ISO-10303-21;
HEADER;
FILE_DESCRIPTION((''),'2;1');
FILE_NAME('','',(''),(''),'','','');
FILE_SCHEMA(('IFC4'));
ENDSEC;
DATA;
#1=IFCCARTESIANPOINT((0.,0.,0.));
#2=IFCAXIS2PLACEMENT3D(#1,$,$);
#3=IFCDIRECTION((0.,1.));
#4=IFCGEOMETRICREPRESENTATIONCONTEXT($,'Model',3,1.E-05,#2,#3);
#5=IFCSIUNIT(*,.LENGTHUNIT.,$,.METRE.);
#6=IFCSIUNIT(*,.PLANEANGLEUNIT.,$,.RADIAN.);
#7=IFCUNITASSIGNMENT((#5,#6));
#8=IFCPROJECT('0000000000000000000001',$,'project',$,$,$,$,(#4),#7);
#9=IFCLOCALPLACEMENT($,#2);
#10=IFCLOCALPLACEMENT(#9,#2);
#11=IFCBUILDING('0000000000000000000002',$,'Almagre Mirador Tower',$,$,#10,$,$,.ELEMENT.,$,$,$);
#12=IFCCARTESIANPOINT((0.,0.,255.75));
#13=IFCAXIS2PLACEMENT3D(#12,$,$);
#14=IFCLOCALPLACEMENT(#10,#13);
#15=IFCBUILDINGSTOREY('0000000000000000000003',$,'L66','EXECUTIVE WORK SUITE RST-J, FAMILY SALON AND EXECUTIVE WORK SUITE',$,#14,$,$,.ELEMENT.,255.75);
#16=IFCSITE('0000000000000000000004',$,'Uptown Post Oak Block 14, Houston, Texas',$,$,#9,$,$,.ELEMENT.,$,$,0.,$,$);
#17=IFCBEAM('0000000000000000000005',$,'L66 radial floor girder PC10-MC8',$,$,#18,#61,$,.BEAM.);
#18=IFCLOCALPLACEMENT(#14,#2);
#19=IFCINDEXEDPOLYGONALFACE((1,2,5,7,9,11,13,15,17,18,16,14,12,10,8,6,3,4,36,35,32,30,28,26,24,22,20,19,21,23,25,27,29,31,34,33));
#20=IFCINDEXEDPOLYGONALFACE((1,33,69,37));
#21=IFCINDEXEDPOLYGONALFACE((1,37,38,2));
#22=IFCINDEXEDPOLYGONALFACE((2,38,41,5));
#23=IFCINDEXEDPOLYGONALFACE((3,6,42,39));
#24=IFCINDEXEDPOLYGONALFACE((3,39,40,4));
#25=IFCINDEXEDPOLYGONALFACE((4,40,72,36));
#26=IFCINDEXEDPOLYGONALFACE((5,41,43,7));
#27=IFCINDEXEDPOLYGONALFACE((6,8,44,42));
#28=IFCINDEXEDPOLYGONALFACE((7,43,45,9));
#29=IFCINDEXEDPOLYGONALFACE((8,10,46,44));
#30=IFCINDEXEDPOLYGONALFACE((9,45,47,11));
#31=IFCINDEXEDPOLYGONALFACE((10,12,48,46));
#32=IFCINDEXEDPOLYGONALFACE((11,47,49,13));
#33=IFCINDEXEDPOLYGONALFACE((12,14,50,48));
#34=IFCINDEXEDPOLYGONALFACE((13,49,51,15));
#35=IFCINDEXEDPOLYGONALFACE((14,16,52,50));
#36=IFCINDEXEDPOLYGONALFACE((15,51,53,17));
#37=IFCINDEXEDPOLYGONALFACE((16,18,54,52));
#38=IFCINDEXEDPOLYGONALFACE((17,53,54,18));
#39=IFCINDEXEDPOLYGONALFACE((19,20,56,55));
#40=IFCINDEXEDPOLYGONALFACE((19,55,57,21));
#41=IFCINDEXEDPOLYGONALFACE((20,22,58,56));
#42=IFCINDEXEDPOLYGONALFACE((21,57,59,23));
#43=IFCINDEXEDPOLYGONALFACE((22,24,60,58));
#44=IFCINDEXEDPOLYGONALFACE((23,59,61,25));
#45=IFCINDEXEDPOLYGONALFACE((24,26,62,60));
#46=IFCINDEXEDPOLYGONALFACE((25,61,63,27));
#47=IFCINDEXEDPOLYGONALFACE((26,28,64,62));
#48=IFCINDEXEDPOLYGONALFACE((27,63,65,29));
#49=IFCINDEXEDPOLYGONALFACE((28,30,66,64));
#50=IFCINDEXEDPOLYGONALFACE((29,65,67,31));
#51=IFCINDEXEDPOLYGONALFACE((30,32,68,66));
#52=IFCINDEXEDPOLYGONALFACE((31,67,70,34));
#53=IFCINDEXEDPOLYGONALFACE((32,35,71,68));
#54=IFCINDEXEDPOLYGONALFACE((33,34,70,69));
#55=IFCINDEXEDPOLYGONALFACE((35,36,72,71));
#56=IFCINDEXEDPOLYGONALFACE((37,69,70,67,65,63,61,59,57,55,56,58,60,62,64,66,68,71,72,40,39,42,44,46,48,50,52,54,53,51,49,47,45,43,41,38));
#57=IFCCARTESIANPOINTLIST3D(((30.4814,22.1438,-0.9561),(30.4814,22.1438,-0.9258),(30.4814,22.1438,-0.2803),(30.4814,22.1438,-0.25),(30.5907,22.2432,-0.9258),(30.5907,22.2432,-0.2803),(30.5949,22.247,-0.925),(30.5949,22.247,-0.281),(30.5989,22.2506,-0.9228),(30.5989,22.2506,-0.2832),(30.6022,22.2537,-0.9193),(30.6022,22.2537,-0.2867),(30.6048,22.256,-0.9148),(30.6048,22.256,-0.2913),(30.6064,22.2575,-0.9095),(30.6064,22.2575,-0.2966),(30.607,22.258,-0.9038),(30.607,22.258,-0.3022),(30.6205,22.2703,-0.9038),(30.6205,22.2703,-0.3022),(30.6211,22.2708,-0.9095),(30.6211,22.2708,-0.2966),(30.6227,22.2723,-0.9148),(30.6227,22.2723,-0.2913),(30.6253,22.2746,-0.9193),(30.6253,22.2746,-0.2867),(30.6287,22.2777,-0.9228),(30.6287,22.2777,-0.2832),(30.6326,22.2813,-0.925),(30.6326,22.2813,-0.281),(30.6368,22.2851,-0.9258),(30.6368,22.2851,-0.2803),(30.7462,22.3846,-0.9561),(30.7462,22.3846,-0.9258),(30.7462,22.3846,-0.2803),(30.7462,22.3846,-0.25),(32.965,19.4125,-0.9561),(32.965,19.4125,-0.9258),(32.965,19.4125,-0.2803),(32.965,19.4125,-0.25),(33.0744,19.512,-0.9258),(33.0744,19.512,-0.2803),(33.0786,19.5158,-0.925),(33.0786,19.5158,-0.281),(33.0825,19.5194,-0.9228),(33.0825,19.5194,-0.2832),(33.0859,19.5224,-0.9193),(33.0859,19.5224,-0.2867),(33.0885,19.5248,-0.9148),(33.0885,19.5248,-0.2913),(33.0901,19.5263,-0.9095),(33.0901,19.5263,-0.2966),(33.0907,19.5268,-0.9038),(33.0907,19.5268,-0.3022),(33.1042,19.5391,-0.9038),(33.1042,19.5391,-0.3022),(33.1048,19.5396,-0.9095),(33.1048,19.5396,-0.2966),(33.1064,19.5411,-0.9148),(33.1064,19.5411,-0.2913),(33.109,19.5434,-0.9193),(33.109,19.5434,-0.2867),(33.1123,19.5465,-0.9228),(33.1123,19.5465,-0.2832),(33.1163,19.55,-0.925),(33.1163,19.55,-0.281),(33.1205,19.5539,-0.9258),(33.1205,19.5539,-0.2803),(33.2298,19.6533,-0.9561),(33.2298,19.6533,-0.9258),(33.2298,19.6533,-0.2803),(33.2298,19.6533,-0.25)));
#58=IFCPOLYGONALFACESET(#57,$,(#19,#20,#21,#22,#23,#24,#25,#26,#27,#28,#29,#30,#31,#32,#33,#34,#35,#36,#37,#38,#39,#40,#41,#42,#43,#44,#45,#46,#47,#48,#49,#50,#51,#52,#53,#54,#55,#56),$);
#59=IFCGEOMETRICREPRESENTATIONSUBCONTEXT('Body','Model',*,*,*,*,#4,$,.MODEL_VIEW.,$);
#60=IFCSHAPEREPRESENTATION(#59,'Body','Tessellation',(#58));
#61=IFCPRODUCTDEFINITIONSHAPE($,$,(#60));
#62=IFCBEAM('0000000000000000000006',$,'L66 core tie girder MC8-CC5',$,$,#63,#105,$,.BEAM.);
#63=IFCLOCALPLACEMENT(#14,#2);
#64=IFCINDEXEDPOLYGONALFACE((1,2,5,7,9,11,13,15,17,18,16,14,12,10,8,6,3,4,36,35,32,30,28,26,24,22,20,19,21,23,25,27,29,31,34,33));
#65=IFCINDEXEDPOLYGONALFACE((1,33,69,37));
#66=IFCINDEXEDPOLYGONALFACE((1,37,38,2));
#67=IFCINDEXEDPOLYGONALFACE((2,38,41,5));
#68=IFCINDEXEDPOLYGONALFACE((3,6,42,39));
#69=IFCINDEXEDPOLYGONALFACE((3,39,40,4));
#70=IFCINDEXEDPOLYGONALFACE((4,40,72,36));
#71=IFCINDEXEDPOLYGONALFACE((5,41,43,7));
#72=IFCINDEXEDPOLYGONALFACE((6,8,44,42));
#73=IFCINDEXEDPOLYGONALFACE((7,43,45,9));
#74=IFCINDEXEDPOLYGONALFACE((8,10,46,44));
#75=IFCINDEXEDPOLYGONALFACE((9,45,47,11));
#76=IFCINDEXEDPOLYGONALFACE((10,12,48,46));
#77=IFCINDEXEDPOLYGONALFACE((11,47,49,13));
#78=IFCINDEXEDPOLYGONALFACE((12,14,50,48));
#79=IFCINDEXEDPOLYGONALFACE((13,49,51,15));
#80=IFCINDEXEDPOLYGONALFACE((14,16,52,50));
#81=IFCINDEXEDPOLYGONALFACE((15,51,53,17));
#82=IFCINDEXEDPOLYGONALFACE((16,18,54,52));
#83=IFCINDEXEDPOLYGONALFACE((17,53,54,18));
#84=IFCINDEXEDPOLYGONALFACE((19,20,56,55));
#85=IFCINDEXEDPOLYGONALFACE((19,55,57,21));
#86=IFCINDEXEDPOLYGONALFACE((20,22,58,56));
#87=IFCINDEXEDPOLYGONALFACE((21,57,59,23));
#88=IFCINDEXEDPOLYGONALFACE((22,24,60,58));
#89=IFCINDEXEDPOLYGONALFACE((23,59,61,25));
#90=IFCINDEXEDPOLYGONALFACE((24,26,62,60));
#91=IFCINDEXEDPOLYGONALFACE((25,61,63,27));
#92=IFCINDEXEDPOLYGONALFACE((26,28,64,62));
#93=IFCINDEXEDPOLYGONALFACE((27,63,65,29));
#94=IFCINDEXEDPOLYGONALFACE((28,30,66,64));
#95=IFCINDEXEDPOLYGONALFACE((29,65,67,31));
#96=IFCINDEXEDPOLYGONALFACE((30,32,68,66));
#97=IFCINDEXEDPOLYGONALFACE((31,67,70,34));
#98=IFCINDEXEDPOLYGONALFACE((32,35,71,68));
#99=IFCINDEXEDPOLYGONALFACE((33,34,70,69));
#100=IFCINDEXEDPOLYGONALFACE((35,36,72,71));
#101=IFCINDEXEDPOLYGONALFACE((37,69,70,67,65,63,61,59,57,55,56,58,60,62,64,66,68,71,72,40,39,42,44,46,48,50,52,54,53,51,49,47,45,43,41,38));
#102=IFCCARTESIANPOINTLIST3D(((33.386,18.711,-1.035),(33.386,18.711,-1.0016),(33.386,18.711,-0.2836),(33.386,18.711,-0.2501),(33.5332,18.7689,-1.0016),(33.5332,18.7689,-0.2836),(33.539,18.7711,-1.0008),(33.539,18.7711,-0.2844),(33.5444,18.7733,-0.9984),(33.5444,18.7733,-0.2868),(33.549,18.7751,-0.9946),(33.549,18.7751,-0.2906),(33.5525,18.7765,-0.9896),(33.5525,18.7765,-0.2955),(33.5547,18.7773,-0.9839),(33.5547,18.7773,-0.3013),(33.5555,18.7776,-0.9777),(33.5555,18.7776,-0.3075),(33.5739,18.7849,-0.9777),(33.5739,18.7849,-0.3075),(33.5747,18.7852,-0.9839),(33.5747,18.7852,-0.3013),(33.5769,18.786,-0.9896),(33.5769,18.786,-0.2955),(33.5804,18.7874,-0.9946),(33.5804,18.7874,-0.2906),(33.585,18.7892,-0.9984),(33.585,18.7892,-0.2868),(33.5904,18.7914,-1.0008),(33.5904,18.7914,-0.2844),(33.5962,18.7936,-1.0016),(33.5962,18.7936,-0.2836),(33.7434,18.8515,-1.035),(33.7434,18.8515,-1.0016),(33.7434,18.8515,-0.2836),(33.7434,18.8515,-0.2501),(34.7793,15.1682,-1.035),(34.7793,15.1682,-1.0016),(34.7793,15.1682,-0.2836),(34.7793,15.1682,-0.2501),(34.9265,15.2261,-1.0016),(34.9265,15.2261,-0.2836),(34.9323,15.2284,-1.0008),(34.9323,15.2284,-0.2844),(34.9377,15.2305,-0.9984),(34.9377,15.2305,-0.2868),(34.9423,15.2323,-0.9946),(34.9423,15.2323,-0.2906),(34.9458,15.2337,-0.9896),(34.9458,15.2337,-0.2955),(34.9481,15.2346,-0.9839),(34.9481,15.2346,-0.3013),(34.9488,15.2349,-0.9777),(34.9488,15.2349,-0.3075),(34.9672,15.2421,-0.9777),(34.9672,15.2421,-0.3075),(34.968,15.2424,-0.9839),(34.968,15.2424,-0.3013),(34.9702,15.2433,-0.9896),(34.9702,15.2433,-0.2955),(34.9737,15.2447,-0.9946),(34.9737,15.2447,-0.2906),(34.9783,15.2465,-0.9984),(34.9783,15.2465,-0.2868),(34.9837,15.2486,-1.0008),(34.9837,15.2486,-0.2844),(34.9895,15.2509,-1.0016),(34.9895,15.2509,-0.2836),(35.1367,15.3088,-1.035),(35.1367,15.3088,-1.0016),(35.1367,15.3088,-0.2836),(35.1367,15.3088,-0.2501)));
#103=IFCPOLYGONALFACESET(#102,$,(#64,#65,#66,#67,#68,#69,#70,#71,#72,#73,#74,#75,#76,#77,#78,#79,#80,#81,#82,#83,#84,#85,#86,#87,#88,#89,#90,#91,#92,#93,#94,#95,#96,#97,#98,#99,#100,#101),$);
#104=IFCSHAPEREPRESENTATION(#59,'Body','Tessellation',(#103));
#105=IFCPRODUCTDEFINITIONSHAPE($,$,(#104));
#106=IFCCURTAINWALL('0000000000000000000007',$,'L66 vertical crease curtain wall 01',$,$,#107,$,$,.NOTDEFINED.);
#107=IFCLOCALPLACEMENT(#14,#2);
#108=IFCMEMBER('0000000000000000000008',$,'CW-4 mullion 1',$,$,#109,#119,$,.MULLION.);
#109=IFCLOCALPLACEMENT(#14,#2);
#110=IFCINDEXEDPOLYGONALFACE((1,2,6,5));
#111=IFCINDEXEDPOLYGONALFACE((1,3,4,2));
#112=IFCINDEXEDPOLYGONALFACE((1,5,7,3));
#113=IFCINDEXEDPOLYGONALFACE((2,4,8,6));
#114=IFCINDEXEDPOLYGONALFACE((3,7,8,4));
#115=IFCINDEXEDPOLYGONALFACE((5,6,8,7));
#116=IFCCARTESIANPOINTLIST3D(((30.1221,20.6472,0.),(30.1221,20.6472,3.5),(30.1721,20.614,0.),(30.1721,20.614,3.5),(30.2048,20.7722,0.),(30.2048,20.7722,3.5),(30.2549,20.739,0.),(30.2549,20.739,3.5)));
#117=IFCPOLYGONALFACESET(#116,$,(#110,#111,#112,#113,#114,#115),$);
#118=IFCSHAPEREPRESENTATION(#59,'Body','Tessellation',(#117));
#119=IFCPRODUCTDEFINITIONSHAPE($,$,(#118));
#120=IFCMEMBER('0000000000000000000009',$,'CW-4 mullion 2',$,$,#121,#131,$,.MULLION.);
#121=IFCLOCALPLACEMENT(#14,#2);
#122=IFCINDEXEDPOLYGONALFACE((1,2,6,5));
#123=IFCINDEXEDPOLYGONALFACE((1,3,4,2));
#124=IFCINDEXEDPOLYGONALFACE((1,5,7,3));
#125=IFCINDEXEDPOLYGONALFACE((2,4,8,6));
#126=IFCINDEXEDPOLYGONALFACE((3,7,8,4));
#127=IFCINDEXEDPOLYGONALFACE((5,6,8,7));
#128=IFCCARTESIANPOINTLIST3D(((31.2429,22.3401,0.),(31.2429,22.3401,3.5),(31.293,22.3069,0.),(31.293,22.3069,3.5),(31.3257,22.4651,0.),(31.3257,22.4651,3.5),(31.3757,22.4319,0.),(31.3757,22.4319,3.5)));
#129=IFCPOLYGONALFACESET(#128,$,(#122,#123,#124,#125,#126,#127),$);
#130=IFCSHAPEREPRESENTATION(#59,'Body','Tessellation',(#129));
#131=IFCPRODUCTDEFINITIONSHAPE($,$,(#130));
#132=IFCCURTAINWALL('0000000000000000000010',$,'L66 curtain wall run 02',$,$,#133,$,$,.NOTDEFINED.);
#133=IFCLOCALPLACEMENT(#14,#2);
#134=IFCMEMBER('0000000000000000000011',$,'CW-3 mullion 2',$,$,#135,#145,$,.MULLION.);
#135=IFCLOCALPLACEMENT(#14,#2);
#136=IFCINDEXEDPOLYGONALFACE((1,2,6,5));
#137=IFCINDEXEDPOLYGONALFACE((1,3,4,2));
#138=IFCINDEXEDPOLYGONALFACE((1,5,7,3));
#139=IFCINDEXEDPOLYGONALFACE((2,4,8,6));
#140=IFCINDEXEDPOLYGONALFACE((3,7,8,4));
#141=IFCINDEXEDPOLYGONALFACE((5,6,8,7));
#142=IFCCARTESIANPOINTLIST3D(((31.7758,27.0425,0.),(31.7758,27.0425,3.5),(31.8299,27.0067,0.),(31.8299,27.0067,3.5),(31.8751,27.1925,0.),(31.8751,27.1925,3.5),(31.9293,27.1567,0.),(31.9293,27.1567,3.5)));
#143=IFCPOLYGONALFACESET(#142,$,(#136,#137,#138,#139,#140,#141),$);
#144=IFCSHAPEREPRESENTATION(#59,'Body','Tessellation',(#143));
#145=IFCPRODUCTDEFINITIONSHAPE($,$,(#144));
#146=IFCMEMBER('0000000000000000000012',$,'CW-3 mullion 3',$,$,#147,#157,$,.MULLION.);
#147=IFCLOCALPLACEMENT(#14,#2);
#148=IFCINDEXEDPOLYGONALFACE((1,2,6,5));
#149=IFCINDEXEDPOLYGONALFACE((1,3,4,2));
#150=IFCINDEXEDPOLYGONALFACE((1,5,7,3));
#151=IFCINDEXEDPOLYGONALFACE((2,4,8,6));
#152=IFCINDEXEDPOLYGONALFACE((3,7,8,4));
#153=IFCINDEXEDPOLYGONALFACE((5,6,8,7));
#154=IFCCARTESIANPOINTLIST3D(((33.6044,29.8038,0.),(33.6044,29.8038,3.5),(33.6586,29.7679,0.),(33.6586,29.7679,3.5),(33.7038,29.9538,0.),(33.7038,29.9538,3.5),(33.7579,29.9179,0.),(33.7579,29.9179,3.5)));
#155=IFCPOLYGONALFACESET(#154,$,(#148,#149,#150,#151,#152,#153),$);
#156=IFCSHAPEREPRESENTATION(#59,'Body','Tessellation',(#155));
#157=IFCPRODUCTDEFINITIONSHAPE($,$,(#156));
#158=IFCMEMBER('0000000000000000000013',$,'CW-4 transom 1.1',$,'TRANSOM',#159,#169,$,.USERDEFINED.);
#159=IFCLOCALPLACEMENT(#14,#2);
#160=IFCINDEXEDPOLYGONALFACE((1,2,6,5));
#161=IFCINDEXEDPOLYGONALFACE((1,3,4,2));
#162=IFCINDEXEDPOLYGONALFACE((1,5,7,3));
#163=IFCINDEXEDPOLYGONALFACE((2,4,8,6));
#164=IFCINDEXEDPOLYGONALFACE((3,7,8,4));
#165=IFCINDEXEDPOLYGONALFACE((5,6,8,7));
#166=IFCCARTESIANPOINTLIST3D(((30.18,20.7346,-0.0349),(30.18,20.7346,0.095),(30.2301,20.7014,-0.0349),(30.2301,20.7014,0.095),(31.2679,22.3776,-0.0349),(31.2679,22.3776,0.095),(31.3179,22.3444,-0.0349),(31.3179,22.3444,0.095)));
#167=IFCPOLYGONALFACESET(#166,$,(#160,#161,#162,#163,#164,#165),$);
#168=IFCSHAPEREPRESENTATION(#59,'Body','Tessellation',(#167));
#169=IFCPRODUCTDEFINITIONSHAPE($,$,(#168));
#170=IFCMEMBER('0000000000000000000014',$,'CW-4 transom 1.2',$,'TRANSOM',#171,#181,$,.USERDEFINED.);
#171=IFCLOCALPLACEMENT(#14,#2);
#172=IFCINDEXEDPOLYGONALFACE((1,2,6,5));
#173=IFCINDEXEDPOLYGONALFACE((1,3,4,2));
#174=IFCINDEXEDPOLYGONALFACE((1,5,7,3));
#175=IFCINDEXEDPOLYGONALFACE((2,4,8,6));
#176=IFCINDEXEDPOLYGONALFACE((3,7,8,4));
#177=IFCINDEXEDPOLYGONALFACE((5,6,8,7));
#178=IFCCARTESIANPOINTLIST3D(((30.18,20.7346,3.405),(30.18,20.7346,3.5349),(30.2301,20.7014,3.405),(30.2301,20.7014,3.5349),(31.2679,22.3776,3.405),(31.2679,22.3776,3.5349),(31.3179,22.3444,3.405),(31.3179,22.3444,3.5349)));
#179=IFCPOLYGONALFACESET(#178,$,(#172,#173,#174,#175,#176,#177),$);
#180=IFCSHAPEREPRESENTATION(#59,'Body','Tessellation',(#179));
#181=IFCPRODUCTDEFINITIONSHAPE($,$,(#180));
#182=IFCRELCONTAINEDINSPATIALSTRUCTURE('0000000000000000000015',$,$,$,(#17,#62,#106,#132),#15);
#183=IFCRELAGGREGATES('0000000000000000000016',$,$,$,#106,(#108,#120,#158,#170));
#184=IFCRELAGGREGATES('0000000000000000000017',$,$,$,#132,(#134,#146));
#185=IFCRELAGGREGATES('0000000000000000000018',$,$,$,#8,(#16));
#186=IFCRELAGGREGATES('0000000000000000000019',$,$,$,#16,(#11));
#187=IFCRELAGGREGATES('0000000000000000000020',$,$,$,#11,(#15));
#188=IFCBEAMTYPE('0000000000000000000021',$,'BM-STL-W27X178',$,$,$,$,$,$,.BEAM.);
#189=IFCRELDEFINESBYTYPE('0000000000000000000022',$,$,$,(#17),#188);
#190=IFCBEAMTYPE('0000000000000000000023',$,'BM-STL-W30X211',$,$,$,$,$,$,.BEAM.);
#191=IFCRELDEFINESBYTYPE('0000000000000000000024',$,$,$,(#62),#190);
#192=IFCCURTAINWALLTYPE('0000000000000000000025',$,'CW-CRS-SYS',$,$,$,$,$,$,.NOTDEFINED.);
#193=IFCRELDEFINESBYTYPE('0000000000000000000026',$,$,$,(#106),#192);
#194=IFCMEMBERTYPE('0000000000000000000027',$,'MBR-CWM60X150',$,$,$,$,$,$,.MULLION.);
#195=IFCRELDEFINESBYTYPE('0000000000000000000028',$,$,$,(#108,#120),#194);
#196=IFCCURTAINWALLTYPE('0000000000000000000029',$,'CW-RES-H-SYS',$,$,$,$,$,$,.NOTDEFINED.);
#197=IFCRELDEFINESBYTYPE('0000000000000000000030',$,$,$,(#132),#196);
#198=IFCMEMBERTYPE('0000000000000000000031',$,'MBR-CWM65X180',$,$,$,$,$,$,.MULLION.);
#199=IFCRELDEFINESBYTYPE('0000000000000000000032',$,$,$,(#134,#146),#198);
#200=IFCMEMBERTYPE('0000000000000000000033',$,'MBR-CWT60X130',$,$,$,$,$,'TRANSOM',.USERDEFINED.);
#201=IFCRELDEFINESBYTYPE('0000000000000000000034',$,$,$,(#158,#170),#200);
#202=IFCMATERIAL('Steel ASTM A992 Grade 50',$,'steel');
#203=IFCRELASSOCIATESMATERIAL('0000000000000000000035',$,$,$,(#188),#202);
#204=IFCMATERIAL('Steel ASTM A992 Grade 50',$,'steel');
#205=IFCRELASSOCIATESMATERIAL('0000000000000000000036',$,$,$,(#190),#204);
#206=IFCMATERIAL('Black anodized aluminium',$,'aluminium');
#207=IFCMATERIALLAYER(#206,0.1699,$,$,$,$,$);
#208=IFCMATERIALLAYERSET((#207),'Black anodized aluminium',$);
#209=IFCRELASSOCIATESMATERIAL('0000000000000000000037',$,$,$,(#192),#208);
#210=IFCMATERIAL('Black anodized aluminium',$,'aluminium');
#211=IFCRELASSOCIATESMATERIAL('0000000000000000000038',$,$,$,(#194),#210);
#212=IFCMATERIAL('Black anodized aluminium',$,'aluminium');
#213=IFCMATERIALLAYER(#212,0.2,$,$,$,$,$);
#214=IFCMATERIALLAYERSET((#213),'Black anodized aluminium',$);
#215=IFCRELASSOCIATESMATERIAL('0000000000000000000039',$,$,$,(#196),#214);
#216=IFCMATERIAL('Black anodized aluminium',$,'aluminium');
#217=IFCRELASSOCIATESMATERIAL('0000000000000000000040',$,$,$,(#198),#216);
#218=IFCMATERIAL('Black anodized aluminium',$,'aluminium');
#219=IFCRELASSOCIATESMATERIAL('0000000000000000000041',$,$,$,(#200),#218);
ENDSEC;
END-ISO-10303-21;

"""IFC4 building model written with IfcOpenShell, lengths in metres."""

from ifc_helpers import new_model, si_unit, direction, frame, origin, origin_2d, place, context, subcontext, project, spatial, rectangle, i_section, extrude, material, layer, layer_set, material_profile, profile_set, type_object, element, aggregate, save


model = new_model("IFC4")

# Units and contexts
model_context = context("Model", 3, precision=1e-05, world=origin(), true_north=direction((0.0, 1.0)))
body_context = subcontext(model_context, "Body", "Model", "MODEL_VIEW")
ifc_project = project(units=[si_unit("LENGTHUNIT", "METRE"), si_unit("PLANEANGLEUNIT", "RADIAN")], contexts=[model_context])

# Site, building, storey
site_placement = place(None, origin())
site = spatial("IfcSite", under=ifc_project, at=site_placement, Name="Uptown Post Oak Block 14, Houston, Texas", CompositionType="ELEMENT", RefElevation=0.0)
building_placement = place(site_placement, origin())
building = spatial("IfcBuilding", under=site, at=building_placement, Name="Almagre Mirador Tower", CompositionType="ELEMENT")
storey_placement = place(building_placement, frame((0.0, 0.0, 255.75)))
storey = spatial("IfcBuildingStorey", under=building, at=storey_placement, Name="L66", Description="EXECUTIVE WORK SUITE RST-J, FAMILY SALON AND EXECUTIVE WORK SUITE", CompositionType="ELEMENT", Elevation=255.75)

# Beams
ifc_material_1 = material(Name="Steel ASTM A992 Grade 50", Category="steel")
ifc_material_profile_1 = material_profile(ifc_material_1, i_section(OverallWidth=0.3579, OverallDepth=0.7061, WebThickness=0.0183, FlangeThickness=0.0303, FilletRadius=0.022, at=origin_2d()), Name="W27X178")
ifc_profile_set_1 = profile_set([ifc_material_profile_1], Name="Steel ASTM A992 Grade 50")
beam_type_1 = type_object("IfcBeamType", Name="BM-STL-W27X178", PredefinedType="BEAM", material=ifc_profile_set_1)
beam_1_placement = place(storey_placement, frame((30.6138, 22.2642, -0.603), z_axis=(0.672781, -0.739841, 0.0), x_axis=(0.739841, 0.672781, 0.0)))
element("IfcBeam", 1, at=beam_1_placement, inside=storey, type_object=beam_type_1, Name="L66 radial floor girder PC10-MC8", PredefinedType="BEAM", context=body_context, shape_type="SweptSolid", body=[
    extrude(i_section(OverallWidth=0.3579, OverallDepth=0.7061, WebThickness=0.0183, FlangeThickness=0.0303, FilletRadius=0.022, at=origin_2d()), origin(), (0.0, 0.0, 1.0), 3.6917),
])
ifc_material_2 = material(Name="Steel ASTM A992 Grade 50", Category="steel")
ifc_material_profile_2 = material_profile(ifc_material_2, i_section(OverallWidth=0.384, OverallDepth=0.7849, WebThickness=0.0198, FlangeThickness=0.0334, FilletRadius=0.0239, at=origin_2d()), Name="W30X211")
ifc_profile_set_2 = profile_set([ifc_material_profile_2], Name="Steel ASTM A992 Grade 50")
beam_type_2 = type_object("IfcBeamType", Name="BM-STL-W30X211", PredefinedType="BEAM", material=ifc_profile_set_2)
beam_2_placement = place(storey_placement, frame((33.5647, 18.7812, -0.6426), z_axis=(0.366, -0.930615, 0.0), x_axis=(0.930615, 0.366, 0.0)))
element("IfcBeam", 2, at=beam_2_placement, inside=storey, type_object=beam_type_2, Name="L66 core tie girder MC8-CC5", PredefinedType="BEAM", context=body_context, shape_type="SweptSolid", body=[
    extrude(i_section(OverallWidth=0.384, OverallDepth=0.7849, WebThickness=0.0198, FlangeThickness=0.0334, FilletRadius=0.0239, at=origin_2d()), origin(), (0.0, 0.0, 1.0), 3.8069),
])

# Curtain walls, members
ifc_material_3 = material(Name="Black anodized aluminium", Category="aluminium")
ifc_layer_1 = layer(ifc_material_3, 0.1699)
ifc_layer_set_1 = layer_set([ifc_layer_1], Name="Black anodized aluminium")
curtain_wall_type_1 = type_object("IfcCurtainWallType", Name="CW-CRS-SYS", PredefinedType="NOTDEFINED", material=ifc_layer_set_1)
curtain_wall_1_placement = place(storey_placement, origin())
curtain_wall_1 = element("IfcCurtainWall", 3, at=curtain_wall_1_placement, inside=storey, type_object=curtain_wall_type_1, Name="L66 vertical crease curtain wall 01", PredefinedType="NOTDEFINED")
ifc_material_4 = material(Name="Black anodized aluminium", Category="aluminium")
ifc_material_profile_3 = material_profile(ifc_material_4, rectangle(XDim=0.0601, YDim=0.1499, at=origin_2d()), Name="CWM60X150")
ifc_profile_set_3 = profile_set([ifc_material_profile_3], Name="Black anodized aluminium")
member_type_1 = type_object("IfcMemberType", Name="MBR-CWM60X150", PredefinedType="MULLION", material=ifc_profile_set_3)
member_1_placement = place(storey_placement, frame((30.1885, 20.6931, 0.0), z_axis=(0.0, 0.0, 1.0), x_axis=(-0.833812, 0.552048, 0.0)))
member_1 = element("IfcMember", 4, at=member_1_placement, type_object=member_type_1, Name="CW-4 mullion 1", PredefinedType="MULLION", context=body_context, shape_type="SweptSolid", body=[
    extrude(rectangle(XDim=0.0601, YDim=0.1499, at=origin_2d()), origin(), (0.0, 0.0, 1.0), 3.5),
])
member_2_placement = place(storey_placement, frame((31.3093, 22.386, 0.0), z_axis=(0.0, 0.0, 1.0), x_axis=(-0.833812, 0.552048, 0.0)))
member_2 = element("IfcMember", 5, at=member_2_placement, type_object=member_type_1, Name="CW-4 mullion 2", PredefinedType="MULLION", context=body_context, shape_type="SweptSolid", body=[
    extrude(rectangle(XDim=0.0601, YDim=0.1499, at=origin_2d()), origin(), (0.0, 0.0, 1.0), 3.5),
])
ifc_material_5 = material(Name="Black anodized aluminium", Category="aluminium")
ifc_layer_2 = layer(ifc_material_5, 0.2)
ifc_layer_set_2 = layer_set([ifc_layer_2], Name="Black anodized aluminium")
curtain_wall_type_2 = type_object("IfcCurtainWallType", Name="CW-RES-H-SYS", PredefinedType="NOTDEFINED", material=ifc_layer_set_2)
curtain_wall_2_placement = place(storey_placement, origin())
curtain_wall_2 = element("IfcCurtainWall", 6, at=curtain_wall_2_placement, inside=storey, type_object=curtain_wall_type_2, Name="L66 curtain wall run 02", PredefinedType="NOTDEFINED")
ifc_material_6 = material(Name="Black anodized aluminium", Category="aluminium")
ifc_material_profile_4 = material_profile(ifc_material_6, rectangle(XDim=0.0649, YDim=0.1799, at=origin_2d()), Name="CWM65X180")
ifc_profile_set_4 = profile_set([ifc_material_profile_4], Name="Black anodized aluminium")
member_type_2 = type_object("IfcMemberType", Name="MBR-CWM65X180", PredefinedType="MULLION", material=ifc_profile_set_4)
member_3_placement = place(storey_placement, frame((31.8525, 27.0996, 0.0), z_axis=(0.0, 0.0, 1.0), x_axis=(-0.833771, 0.55211, 0.0)))
member_3 = element("IfcMember", 7, at=member_3_placement, type_object=member_type_2, Name="CW-3 mullion 2", PredefinedType="MULLION", context=body_context, shape_type="SweptSolid", body=[
    extrude(rectangle(XDim=0.0649, YDim=0.1799, at=origin_2d()), origin(), (0.0, 0.0, 1.0), 3.5),
])
member_4_placement = place(storey_placement, frame((33.6812, 29.8608, 0.0), z_axis=(0.0, 0.0, 1.0), x_axis=(-0.833771, 0.55211, 0.0)))
member_4 = element("IfcMember", 8, at=member_4_placement, type_object=member_type_2, Name="CW-3 mullion 3", PredefinedType="MULLION", context=body_context, shape_type="SweptSolid", body=[
    extrude(rectangle(XDim=0.0649, YDim=0.1799, at=origin_2d()), origin(), (0.0, 0.0, 1.0), 3.5),
])

# Members
ifc_material_7 = material(Name="Black anodized aluminium", Category="aluminium")
ifc_material_profile_5 = material_profile(ifc_material_7, rectangle(XDim=0.0601, YDim=0.1299, at=origin_2d()), Name="CWT60X130")
ifc_profile_set_5 = profile_set([ifc_material_profile_5], Name="Black anodized aluminium")
member_type_3 = type_object("IfcMemberType", Name="MBR-CWT60X130", ElementType="TRANSOM", PredefinedType="USERDEFINED", material=ifc_profile_set_5)
member_5_placement = place(storey_placement, frame((30.2051, 20.718, 0.03), z_axis=(0.552067, 0.8338, 0.0), x_axis=(-0.8338, 0.552067, 0.0)))
member_5 = element("IfcMember", 9, at=member_5_placement, type_object=member_type_3, Name="CW-4 transom 1.1", ObjectType="TRANSOM", PredefinedType="USERDEFINED", context=body_context, shape_type="SweptSolid", body=[
    extrude(rectangle(XDim=0.0601, YDim=0.1299, at=origin_2d()), origin(), (0.0, 0.0, 1.0), 1.9705),
])
member_6_placement = place(storey_placement, frame((30.2051, 20.718, 3.47), z_axis=(0.552067, 0.8338, 0.0), x_axis=(-0.8338, 0.552067, 0.0)))
member_6 = element("IfcMember", 10, at=member_6_placement, type_object=member_type_3, Name="CW-4 transom 1.2", ObjectType="TRANSOM", PredefinedType="USERDEFINED", context=body_context, shape_type="SweptSolid", body=[
    extrude(rectangle(XDim=0.0601, YDim=0.1299, at=origin_2d()), origin(), (0.0, 0.0, 1.0), 1.9705),
])

aggregate(curtain_wall_1, [member_1, member_2, member_5, member_6])
aggregate(curtain_wall_2, [member_3, member_4])

save(model, "model.ifc")
